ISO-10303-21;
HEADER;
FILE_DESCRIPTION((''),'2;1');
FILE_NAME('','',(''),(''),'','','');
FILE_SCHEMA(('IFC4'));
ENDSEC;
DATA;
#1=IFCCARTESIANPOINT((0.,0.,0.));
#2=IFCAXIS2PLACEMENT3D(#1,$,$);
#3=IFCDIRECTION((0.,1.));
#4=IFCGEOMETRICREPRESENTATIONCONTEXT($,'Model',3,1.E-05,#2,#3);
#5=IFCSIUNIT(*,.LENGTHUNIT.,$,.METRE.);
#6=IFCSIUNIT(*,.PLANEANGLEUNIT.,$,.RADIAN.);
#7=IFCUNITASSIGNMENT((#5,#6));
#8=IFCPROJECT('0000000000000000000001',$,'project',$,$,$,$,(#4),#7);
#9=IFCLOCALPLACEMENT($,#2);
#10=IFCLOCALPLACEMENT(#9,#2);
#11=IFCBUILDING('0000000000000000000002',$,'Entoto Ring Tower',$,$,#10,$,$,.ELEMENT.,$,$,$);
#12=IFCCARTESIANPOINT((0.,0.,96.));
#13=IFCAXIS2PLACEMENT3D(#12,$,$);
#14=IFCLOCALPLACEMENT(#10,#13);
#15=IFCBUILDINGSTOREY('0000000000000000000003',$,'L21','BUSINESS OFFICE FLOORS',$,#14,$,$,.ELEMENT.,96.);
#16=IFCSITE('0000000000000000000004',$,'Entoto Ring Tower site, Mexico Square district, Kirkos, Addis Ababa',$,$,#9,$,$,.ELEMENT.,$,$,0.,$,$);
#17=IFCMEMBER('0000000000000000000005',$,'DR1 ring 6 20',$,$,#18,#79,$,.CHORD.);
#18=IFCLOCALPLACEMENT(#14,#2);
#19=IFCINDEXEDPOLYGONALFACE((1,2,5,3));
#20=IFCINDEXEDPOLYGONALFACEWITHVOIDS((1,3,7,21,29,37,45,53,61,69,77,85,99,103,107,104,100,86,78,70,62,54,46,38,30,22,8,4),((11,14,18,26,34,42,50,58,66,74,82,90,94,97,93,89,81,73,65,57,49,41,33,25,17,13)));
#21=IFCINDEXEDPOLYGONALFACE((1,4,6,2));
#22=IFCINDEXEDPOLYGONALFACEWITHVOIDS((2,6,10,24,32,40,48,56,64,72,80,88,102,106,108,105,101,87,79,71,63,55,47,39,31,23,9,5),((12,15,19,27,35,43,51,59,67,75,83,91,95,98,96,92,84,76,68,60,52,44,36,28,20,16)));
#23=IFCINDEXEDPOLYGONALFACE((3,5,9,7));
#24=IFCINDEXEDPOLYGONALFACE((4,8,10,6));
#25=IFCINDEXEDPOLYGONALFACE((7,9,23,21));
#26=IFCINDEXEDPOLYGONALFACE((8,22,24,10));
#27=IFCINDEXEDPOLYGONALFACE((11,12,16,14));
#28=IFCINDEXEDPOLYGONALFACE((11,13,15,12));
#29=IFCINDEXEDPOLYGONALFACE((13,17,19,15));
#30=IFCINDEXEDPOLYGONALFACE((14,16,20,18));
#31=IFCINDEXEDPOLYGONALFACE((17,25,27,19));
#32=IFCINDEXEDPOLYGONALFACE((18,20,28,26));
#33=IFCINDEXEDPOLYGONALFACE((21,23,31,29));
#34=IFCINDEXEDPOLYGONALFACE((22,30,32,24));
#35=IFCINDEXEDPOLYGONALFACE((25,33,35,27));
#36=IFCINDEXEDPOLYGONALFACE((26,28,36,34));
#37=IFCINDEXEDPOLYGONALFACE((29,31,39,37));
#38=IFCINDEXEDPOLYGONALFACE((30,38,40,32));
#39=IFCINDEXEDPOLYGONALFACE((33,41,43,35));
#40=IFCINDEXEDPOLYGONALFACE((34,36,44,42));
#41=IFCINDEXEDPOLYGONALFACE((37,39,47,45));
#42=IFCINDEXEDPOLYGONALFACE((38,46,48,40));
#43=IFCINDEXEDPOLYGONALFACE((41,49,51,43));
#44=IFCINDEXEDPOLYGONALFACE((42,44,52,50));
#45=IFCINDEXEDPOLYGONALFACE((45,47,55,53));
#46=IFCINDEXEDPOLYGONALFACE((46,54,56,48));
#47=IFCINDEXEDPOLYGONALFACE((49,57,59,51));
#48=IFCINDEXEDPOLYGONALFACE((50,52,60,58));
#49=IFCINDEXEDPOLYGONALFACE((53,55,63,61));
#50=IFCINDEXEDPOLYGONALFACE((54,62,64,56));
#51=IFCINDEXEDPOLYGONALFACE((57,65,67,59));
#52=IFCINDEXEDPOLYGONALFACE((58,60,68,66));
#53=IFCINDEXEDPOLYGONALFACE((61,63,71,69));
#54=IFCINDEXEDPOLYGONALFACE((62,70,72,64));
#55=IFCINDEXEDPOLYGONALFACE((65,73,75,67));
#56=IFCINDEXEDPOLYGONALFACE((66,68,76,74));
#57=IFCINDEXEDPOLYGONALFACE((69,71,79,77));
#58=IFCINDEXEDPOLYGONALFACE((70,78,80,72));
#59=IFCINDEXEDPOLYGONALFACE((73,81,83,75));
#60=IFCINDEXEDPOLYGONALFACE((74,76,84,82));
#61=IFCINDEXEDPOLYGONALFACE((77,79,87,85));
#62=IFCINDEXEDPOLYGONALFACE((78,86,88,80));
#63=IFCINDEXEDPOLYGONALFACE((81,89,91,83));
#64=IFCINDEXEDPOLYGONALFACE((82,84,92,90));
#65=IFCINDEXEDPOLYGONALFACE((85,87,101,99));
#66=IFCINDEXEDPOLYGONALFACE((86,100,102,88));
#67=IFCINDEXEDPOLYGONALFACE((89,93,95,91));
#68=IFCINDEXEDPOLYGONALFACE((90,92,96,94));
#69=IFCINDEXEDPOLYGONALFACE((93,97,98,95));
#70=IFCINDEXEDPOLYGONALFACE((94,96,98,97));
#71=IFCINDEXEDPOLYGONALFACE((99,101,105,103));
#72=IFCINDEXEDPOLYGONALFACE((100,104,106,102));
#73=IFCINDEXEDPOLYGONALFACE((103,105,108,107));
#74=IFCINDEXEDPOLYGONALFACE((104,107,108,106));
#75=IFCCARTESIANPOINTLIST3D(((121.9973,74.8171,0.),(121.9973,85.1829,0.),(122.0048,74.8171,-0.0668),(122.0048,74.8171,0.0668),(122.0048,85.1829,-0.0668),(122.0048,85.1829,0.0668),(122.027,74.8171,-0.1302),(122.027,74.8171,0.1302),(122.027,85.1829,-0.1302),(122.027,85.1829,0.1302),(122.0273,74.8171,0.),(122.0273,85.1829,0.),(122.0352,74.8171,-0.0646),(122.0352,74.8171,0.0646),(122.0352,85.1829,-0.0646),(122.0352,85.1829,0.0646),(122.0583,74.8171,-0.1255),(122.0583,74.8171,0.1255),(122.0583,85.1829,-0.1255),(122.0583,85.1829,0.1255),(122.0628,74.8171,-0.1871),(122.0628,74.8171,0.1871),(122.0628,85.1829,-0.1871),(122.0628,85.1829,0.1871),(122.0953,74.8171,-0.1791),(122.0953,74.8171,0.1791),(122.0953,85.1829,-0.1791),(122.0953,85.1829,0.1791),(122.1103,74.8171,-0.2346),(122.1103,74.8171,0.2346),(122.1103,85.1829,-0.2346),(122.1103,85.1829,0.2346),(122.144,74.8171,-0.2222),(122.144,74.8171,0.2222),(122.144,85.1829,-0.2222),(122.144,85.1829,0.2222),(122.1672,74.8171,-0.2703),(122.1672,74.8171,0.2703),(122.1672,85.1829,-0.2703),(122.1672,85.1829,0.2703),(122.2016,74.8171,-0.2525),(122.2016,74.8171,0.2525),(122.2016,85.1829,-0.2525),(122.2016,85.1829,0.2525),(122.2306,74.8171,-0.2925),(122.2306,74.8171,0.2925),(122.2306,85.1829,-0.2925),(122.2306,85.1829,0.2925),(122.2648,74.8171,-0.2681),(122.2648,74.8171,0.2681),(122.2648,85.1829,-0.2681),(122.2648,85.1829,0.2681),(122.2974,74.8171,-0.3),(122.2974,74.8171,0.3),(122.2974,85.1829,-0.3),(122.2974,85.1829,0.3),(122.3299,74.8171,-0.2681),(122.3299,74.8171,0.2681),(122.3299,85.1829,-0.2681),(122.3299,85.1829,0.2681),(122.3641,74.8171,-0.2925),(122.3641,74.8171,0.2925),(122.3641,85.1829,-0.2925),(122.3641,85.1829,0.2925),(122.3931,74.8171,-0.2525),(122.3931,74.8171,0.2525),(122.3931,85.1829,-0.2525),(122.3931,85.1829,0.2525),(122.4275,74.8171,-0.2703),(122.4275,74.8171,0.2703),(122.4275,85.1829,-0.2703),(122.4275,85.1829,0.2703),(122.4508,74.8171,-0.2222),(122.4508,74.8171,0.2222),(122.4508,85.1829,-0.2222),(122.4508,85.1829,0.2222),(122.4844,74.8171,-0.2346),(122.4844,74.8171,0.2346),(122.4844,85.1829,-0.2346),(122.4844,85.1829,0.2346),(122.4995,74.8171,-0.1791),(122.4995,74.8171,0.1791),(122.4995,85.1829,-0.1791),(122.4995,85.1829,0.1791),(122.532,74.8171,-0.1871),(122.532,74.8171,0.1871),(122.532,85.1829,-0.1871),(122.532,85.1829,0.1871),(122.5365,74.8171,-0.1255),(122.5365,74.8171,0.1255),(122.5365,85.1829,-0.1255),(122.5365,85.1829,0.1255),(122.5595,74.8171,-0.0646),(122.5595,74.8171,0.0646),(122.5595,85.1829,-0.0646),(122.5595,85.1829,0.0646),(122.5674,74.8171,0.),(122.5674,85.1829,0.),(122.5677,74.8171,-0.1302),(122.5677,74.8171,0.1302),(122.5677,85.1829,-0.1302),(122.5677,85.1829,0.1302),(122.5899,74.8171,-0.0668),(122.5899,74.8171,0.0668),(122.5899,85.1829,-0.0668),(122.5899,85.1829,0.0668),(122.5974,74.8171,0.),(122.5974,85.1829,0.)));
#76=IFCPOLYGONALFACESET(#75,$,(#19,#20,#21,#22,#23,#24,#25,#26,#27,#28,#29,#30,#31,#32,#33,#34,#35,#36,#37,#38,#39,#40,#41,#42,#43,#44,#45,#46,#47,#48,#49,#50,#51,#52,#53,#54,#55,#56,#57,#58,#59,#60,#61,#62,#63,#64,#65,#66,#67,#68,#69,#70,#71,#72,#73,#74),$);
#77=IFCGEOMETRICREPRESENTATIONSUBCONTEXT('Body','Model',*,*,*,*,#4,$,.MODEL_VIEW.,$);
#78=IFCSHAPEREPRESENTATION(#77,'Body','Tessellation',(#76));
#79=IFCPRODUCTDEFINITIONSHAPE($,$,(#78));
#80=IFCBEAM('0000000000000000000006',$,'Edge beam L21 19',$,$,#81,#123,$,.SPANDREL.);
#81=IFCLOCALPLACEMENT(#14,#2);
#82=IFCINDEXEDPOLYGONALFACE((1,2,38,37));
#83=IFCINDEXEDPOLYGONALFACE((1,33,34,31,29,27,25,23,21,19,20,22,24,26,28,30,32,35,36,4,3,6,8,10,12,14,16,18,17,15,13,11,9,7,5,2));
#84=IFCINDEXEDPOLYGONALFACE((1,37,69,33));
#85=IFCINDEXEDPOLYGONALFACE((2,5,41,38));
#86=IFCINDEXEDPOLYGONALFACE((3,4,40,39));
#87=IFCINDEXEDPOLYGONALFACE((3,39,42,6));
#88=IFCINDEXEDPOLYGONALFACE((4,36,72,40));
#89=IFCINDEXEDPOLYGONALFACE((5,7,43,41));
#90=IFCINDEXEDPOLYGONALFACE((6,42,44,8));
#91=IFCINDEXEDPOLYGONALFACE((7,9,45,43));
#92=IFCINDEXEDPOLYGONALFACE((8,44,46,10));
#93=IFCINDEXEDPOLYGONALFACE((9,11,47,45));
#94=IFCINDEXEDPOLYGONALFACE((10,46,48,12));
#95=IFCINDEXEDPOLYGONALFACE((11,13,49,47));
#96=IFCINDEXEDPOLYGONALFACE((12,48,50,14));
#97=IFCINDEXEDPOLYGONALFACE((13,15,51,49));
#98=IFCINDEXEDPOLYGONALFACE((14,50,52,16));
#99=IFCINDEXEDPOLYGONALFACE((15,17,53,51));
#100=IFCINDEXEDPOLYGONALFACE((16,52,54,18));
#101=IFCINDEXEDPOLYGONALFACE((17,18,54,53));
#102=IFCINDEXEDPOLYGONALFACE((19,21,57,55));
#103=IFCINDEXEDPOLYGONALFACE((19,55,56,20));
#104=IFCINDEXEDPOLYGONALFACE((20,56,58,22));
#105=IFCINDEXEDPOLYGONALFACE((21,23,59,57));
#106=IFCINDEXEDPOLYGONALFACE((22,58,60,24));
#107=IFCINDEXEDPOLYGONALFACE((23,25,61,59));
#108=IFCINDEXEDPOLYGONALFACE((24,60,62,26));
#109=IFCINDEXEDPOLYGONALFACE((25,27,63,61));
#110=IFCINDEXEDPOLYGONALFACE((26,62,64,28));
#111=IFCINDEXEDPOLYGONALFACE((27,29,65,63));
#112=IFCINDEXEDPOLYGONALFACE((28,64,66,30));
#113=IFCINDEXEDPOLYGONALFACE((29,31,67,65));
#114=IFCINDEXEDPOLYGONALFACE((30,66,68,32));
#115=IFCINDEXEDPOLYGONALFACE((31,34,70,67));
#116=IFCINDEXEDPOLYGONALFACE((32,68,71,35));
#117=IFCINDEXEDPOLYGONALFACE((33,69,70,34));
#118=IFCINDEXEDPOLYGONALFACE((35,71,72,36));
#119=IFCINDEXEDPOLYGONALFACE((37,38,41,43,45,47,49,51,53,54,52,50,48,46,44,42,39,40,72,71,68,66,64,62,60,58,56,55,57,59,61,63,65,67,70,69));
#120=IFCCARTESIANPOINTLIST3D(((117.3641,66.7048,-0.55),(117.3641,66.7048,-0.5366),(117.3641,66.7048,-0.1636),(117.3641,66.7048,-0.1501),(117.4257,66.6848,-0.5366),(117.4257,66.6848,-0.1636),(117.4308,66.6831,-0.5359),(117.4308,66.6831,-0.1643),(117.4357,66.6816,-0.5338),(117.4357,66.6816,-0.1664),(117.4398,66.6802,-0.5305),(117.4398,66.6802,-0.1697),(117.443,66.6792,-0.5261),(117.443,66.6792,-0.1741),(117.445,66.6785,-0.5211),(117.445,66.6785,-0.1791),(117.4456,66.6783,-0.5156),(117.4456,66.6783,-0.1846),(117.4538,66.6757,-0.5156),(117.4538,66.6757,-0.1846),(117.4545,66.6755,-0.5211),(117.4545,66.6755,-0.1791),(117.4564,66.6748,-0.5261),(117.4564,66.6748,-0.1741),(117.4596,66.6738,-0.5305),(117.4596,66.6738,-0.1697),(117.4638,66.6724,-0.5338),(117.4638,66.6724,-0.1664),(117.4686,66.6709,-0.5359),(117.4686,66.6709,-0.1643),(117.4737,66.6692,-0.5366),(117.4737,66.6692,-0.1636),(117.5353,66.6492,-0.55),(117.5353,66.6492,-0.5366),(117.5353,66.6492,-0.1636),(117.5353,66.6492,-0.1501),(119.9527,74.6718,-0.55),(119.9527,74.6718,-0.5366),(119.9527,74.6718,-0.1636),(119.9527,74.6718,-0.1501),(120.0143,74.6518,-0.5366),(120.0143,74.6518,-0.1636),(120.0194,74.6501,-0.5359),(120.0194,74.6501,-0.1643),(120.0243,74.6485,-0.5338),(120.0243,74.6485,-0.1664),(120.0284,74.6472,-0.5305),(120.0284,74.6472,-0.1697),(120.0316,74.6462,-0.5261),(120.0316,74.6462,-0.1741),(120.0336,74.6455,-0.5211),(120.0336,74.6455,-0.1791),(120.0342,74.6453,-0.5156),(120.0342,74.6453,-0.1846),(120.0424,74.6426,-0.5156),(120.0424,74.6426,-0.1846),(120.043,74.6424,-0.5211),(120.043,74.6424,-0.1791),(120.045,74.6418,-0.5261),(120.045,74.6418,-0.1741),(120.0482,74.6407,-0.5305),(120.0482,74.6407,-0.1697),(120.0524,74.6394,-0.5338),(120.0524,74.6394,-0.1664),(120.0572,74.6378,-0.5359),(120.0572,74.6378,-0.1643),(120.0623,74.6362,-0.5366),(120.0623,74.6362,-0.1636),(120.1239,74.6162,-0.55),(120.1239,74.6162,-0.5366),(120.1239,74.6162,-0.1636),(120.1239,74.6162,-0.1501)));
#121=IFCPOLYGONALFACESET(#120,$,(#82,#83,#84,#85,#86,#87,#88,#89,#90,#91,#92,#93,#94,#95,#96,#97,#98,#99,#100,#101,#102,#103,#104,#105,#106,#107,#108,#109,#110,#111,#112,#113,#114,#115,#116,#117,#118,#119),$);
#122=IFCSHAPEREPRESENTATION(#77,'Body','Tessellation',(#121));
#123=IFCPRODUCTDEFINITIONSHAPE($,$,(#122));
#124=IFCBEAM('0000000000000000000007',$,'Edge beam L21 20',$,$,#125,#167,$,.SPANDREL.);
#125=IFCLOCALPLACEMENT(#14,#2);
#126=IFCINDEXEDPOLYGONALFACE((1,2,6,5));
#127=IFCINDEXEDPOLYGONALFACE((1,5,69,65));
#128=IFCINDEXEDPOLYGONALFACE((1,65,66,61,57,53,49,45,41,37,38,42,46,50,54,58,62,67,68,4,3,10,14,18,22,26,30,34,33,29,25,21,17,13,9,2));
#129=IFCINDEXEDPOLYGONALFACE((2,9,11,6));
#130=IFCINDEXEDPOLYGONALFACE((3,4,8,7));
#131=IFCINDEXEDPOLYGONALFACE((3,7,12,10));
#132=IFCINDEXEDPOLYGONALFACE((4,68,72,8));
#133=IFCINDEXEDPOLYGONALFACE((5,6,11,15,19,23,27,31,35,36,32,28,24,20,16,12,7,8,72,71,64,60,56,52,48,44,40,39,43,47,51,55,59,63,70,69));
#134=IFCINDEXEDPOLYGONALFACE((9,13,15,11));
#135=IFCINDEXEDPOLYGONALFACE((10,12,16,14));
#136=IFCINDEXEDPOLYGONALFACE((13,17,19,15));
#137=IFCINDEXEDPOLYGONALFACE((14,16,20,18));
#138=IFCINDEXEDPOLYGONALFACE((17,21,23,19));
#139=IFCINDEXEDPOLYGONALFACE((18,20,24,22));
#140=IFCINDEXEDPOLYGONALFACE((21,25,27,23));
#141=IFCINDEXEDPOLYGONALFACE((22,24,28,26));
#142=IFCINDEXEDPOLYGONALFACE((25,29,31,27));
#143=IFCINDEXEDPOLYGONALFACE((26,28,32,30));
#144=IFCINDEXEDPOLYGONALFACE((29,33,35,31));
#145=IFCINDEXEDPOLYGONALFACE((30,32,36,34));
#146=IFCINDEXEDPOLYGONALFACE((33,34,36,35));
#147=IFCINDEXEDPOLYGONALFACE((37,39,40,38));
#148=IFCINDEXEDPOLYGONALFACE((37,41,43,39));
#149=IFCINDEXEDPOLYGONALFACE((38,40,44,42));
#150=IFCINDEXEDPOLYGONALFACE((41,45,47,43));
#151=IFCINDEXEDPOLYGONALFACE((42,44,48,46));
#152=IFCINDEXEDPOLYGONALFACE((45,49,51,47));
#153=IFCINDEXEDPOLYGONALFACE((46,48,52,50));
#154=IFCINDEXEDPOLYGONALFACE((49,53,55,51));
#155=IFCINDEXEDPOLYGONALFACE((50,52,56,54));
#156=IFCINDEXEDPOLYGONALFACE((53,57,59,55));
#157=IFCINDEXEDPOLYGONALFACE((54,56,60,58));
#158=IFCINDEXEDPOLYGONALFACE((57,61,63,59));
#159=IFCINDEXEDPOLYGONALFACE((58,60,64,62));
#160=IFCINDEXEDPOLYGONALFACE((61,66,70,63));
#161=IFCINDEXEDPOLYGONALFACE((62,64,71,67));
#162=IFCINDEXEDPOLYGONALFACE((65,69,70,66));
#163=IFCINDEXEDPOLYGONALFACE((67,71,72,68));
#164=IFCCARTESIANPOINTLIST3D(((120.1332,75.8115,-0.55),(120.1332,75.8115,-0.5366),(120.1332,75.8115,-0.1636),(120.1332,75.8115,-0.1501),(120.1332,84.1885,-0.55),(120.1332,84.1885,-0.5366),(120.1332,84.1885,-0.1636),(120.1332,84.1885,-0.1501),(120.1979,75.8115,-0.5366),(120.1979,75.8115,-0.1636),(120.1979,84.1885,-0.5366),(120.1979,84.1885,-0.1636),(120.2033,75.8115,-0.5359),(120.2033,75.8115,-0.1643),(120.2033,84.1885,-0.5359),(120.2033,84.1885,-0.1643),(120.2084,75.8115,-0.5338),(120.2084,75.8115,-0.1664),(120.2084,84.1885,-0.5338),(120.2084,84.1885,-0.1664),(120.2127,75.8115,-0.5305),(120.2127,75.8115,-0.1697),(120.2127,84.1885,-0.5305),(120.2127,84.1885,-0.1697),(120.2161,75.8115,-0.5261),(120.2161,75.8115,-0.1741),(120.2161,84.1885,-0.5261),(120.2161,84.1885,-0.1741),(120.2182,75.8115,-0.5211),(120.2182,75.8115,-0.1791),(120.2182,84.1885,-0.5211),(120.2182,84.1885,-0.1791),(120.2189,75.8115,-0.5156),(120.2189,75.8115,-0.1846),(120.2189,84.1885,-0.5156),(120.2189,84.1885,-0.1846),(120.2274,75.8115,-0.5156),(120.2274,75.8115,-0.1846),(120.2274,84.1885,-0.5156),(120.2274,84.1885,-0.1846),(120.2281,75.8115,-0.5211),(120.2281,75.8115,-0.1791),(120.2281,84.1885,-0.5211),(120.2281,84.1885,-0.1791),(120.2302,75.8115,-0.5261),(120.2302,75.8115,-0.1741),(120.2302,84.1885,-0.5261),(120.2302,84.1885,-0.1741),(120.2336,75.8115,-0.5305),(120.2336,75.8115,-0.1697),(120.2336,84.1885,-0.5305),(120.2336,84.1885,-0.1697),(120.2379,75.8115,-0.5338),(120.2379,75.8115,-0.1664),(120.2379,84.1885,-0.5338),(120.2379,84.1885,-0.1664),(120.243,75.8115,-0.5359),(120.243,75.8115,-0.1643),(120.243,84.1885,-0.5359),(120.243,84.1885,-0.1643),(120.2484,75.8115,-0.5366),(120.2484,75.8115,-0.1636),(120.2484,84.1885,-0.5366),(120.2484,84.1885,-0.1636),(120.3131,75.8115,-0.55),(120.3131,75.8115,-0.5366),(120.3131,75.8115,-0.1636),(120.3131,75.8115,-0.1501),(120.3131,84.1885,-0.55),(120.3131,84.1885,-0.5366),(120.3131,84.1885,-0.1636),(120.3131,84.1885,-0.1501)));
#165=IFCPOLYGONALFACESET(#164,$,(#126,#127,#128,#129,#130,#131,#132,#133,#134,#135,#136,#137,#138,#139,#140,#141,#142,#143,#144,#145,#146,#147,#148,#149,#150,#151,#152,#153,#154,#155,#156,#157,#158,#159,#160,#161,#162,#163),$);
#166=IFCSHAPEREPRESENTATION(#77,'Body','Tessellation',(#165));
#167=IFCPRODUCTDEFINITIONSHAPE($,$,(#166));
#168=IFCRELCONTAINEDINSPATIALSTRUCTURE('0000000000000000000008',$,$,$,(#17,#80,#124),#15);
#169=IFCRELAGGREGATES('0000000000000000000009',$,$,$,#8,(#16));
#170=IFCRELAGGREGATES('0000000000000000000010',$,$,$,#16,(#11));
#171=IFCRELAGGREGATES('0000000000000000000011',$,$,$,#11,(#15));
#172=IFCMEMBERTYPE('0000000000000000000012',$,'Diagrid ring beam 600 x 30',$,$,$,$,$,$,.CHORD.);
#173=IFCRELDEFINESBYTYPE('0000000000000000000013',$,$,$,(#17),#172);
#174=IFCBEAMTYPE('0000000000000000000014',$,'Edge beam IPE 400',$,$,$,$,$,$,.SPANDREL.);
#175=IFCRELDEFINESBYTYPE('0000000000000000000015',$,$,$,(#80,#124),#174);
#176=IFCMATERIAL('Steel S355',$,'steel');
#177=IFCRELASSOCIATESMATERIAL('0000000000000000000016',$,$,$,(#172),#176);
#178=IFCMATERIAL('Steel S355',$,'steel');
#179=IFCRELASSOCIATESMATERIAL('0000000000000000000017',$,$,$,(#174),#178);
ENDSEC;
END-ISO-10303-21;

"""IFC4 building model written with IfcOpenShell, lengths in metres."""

from ifc_helpers import new_model, si_unit, direction, frame, origin, origin_2d, place, context, subcontext, project, spatial, circle, hollow_circle, i_section, extrude, material, material_profile, profile_set, type_object, element, save


model = new_model("IFC4")

# Units and contexts
model_context = context("Model", 3, precision=1e-05, world=origin(), true_north=direction((0.0, 1.0)))
body_context = subcontext(model_context, "Body", "Model", "MODEL_VIEW")
ifc_project = project(units=[si_unit("LENGTHUNIT", "METRE"), si_unit("PLANEANGLEUNIT", "RADIAN")], contexts=[model_context])

# Site, building, storey
site_placement = place(None, origin())
site = spatial("IfcSite", under=ifc_project, at=site_placement, Name="Entoto Ring Tower site, Mexico Square district, Kirkos, Addis Ababa", CompositionType="ELEMENT", RefElevation=0.0)
building_placement = place(site_placement, origin())
building = spatial("IfcBuilding", under=site, at=building_placement, Name="Entoto Ring Tower", CompositionType="ELEMENT")
storey_placement = place(building_placement, frame((0.0, 0.0, 96.0)))
storey = spatial("IfcBuildingStorey", under=building, at=storey_placement, Name="L21", Description="BUSINESS OFFICE FLOORS", CompositionType="ELEMENT", Elevation=96.0)

# Member
ifc_material_1 = material(Name="Steel S355", Category="steel")
ifc_material_profile_1 = material_profile(ifc_material_1, hollow_circle(Radius=0.3, WallThickness=0.03, at=origin_2d()), Name="CHS 600 x 30")
ifc_material_2 = material(Name="Concrete C60/75", Category="concrete")
ifc_material_profile_2 = material_profile(ifc_material_2, circle(Radius=0.27, at=origin_2d()), Name="Concrete C60/75 infill")
ifc_profile_set_1 = profile_set([ifc_material_profile_1, ifc_material_profile_2], Name="Steel S355")
member_type = type_object("IfcMemberType", Name="Diagrid ring beam 600 x 30", PredefinedType="CHORD", material=ifc_profile_set_1)
member_placement = place(storey_placement, frame((122.2974, 74.8171, 0.0), z_axis=(0.0, 1.0, 0.0), x_axis=(-1.0, 0.0, 0.0)))
element("IfcMember", 1, at=member_placement, inside=storey, type_object=member_type, Name="DR1 ring 6 20", PredefinedType="CHORD", context=body_context, shape_type="SweptSolid", body=[
    extrude(hollow_circle(Radius=0.3, WallThickness=0.03, at=origin_2d()), origin(), (0.0, 0.0, 1.0), 10.3657),
])

# Beams
ifc_material_3 = material(Name="Steel S355", Category="steel")
ifc_material_profile_3 = material_profile(ifc_material_3, i_section(OverallWidth=0.1799, OverallDepth=0.3999, WebThickness=0.0085, FlangeThickness=0.0134, FilletRadius=0.021, at=origin_2d()), Name="IPE 400")
ifc_profile_set_2 = profile_set([ifc_material_profile_3], Name="Steel S355")
beam_type_1 = type_object("IfcBeamType", Name="Edge beam IPE 400", PredefinedType="SPANDREL", material=ifc_profile_set_2)
for number, where, z_axis, x_axis, name in (
    (2, (117.4497, 66.677, -0.3501), (0.309014, 0.951057, 0.0), (-0.951057, 0.309014, 0.0), "Edge beam L21 19"),
    (3, (120.2231, 75.8115, -0.3501), (0.0, 1.0, 0.0), (-1.0, 0.0, 0.0), "Edge beam L21 20"),
):
    element("IfcBeam", number, at=place(storey_placement, frame(where, z_axis=z_axis, x_axis=x_axis)), inside=storey, type_object=beam_type_1, Name=name, PredefinedType="SPANDREL", context=body_context, shape_type="SweptSolid", body=[
        extrude(i_section(OverallWidth=0.1799, OverallDepth=0.3999, WebThickness=0.0085, FlangeThickness=0.0134, FilletRadius=0.021, at=origin_2d()), origin(), (0.0, 0.0, 1.0), 8.377),
    ])

save(model, "model.ifc")
